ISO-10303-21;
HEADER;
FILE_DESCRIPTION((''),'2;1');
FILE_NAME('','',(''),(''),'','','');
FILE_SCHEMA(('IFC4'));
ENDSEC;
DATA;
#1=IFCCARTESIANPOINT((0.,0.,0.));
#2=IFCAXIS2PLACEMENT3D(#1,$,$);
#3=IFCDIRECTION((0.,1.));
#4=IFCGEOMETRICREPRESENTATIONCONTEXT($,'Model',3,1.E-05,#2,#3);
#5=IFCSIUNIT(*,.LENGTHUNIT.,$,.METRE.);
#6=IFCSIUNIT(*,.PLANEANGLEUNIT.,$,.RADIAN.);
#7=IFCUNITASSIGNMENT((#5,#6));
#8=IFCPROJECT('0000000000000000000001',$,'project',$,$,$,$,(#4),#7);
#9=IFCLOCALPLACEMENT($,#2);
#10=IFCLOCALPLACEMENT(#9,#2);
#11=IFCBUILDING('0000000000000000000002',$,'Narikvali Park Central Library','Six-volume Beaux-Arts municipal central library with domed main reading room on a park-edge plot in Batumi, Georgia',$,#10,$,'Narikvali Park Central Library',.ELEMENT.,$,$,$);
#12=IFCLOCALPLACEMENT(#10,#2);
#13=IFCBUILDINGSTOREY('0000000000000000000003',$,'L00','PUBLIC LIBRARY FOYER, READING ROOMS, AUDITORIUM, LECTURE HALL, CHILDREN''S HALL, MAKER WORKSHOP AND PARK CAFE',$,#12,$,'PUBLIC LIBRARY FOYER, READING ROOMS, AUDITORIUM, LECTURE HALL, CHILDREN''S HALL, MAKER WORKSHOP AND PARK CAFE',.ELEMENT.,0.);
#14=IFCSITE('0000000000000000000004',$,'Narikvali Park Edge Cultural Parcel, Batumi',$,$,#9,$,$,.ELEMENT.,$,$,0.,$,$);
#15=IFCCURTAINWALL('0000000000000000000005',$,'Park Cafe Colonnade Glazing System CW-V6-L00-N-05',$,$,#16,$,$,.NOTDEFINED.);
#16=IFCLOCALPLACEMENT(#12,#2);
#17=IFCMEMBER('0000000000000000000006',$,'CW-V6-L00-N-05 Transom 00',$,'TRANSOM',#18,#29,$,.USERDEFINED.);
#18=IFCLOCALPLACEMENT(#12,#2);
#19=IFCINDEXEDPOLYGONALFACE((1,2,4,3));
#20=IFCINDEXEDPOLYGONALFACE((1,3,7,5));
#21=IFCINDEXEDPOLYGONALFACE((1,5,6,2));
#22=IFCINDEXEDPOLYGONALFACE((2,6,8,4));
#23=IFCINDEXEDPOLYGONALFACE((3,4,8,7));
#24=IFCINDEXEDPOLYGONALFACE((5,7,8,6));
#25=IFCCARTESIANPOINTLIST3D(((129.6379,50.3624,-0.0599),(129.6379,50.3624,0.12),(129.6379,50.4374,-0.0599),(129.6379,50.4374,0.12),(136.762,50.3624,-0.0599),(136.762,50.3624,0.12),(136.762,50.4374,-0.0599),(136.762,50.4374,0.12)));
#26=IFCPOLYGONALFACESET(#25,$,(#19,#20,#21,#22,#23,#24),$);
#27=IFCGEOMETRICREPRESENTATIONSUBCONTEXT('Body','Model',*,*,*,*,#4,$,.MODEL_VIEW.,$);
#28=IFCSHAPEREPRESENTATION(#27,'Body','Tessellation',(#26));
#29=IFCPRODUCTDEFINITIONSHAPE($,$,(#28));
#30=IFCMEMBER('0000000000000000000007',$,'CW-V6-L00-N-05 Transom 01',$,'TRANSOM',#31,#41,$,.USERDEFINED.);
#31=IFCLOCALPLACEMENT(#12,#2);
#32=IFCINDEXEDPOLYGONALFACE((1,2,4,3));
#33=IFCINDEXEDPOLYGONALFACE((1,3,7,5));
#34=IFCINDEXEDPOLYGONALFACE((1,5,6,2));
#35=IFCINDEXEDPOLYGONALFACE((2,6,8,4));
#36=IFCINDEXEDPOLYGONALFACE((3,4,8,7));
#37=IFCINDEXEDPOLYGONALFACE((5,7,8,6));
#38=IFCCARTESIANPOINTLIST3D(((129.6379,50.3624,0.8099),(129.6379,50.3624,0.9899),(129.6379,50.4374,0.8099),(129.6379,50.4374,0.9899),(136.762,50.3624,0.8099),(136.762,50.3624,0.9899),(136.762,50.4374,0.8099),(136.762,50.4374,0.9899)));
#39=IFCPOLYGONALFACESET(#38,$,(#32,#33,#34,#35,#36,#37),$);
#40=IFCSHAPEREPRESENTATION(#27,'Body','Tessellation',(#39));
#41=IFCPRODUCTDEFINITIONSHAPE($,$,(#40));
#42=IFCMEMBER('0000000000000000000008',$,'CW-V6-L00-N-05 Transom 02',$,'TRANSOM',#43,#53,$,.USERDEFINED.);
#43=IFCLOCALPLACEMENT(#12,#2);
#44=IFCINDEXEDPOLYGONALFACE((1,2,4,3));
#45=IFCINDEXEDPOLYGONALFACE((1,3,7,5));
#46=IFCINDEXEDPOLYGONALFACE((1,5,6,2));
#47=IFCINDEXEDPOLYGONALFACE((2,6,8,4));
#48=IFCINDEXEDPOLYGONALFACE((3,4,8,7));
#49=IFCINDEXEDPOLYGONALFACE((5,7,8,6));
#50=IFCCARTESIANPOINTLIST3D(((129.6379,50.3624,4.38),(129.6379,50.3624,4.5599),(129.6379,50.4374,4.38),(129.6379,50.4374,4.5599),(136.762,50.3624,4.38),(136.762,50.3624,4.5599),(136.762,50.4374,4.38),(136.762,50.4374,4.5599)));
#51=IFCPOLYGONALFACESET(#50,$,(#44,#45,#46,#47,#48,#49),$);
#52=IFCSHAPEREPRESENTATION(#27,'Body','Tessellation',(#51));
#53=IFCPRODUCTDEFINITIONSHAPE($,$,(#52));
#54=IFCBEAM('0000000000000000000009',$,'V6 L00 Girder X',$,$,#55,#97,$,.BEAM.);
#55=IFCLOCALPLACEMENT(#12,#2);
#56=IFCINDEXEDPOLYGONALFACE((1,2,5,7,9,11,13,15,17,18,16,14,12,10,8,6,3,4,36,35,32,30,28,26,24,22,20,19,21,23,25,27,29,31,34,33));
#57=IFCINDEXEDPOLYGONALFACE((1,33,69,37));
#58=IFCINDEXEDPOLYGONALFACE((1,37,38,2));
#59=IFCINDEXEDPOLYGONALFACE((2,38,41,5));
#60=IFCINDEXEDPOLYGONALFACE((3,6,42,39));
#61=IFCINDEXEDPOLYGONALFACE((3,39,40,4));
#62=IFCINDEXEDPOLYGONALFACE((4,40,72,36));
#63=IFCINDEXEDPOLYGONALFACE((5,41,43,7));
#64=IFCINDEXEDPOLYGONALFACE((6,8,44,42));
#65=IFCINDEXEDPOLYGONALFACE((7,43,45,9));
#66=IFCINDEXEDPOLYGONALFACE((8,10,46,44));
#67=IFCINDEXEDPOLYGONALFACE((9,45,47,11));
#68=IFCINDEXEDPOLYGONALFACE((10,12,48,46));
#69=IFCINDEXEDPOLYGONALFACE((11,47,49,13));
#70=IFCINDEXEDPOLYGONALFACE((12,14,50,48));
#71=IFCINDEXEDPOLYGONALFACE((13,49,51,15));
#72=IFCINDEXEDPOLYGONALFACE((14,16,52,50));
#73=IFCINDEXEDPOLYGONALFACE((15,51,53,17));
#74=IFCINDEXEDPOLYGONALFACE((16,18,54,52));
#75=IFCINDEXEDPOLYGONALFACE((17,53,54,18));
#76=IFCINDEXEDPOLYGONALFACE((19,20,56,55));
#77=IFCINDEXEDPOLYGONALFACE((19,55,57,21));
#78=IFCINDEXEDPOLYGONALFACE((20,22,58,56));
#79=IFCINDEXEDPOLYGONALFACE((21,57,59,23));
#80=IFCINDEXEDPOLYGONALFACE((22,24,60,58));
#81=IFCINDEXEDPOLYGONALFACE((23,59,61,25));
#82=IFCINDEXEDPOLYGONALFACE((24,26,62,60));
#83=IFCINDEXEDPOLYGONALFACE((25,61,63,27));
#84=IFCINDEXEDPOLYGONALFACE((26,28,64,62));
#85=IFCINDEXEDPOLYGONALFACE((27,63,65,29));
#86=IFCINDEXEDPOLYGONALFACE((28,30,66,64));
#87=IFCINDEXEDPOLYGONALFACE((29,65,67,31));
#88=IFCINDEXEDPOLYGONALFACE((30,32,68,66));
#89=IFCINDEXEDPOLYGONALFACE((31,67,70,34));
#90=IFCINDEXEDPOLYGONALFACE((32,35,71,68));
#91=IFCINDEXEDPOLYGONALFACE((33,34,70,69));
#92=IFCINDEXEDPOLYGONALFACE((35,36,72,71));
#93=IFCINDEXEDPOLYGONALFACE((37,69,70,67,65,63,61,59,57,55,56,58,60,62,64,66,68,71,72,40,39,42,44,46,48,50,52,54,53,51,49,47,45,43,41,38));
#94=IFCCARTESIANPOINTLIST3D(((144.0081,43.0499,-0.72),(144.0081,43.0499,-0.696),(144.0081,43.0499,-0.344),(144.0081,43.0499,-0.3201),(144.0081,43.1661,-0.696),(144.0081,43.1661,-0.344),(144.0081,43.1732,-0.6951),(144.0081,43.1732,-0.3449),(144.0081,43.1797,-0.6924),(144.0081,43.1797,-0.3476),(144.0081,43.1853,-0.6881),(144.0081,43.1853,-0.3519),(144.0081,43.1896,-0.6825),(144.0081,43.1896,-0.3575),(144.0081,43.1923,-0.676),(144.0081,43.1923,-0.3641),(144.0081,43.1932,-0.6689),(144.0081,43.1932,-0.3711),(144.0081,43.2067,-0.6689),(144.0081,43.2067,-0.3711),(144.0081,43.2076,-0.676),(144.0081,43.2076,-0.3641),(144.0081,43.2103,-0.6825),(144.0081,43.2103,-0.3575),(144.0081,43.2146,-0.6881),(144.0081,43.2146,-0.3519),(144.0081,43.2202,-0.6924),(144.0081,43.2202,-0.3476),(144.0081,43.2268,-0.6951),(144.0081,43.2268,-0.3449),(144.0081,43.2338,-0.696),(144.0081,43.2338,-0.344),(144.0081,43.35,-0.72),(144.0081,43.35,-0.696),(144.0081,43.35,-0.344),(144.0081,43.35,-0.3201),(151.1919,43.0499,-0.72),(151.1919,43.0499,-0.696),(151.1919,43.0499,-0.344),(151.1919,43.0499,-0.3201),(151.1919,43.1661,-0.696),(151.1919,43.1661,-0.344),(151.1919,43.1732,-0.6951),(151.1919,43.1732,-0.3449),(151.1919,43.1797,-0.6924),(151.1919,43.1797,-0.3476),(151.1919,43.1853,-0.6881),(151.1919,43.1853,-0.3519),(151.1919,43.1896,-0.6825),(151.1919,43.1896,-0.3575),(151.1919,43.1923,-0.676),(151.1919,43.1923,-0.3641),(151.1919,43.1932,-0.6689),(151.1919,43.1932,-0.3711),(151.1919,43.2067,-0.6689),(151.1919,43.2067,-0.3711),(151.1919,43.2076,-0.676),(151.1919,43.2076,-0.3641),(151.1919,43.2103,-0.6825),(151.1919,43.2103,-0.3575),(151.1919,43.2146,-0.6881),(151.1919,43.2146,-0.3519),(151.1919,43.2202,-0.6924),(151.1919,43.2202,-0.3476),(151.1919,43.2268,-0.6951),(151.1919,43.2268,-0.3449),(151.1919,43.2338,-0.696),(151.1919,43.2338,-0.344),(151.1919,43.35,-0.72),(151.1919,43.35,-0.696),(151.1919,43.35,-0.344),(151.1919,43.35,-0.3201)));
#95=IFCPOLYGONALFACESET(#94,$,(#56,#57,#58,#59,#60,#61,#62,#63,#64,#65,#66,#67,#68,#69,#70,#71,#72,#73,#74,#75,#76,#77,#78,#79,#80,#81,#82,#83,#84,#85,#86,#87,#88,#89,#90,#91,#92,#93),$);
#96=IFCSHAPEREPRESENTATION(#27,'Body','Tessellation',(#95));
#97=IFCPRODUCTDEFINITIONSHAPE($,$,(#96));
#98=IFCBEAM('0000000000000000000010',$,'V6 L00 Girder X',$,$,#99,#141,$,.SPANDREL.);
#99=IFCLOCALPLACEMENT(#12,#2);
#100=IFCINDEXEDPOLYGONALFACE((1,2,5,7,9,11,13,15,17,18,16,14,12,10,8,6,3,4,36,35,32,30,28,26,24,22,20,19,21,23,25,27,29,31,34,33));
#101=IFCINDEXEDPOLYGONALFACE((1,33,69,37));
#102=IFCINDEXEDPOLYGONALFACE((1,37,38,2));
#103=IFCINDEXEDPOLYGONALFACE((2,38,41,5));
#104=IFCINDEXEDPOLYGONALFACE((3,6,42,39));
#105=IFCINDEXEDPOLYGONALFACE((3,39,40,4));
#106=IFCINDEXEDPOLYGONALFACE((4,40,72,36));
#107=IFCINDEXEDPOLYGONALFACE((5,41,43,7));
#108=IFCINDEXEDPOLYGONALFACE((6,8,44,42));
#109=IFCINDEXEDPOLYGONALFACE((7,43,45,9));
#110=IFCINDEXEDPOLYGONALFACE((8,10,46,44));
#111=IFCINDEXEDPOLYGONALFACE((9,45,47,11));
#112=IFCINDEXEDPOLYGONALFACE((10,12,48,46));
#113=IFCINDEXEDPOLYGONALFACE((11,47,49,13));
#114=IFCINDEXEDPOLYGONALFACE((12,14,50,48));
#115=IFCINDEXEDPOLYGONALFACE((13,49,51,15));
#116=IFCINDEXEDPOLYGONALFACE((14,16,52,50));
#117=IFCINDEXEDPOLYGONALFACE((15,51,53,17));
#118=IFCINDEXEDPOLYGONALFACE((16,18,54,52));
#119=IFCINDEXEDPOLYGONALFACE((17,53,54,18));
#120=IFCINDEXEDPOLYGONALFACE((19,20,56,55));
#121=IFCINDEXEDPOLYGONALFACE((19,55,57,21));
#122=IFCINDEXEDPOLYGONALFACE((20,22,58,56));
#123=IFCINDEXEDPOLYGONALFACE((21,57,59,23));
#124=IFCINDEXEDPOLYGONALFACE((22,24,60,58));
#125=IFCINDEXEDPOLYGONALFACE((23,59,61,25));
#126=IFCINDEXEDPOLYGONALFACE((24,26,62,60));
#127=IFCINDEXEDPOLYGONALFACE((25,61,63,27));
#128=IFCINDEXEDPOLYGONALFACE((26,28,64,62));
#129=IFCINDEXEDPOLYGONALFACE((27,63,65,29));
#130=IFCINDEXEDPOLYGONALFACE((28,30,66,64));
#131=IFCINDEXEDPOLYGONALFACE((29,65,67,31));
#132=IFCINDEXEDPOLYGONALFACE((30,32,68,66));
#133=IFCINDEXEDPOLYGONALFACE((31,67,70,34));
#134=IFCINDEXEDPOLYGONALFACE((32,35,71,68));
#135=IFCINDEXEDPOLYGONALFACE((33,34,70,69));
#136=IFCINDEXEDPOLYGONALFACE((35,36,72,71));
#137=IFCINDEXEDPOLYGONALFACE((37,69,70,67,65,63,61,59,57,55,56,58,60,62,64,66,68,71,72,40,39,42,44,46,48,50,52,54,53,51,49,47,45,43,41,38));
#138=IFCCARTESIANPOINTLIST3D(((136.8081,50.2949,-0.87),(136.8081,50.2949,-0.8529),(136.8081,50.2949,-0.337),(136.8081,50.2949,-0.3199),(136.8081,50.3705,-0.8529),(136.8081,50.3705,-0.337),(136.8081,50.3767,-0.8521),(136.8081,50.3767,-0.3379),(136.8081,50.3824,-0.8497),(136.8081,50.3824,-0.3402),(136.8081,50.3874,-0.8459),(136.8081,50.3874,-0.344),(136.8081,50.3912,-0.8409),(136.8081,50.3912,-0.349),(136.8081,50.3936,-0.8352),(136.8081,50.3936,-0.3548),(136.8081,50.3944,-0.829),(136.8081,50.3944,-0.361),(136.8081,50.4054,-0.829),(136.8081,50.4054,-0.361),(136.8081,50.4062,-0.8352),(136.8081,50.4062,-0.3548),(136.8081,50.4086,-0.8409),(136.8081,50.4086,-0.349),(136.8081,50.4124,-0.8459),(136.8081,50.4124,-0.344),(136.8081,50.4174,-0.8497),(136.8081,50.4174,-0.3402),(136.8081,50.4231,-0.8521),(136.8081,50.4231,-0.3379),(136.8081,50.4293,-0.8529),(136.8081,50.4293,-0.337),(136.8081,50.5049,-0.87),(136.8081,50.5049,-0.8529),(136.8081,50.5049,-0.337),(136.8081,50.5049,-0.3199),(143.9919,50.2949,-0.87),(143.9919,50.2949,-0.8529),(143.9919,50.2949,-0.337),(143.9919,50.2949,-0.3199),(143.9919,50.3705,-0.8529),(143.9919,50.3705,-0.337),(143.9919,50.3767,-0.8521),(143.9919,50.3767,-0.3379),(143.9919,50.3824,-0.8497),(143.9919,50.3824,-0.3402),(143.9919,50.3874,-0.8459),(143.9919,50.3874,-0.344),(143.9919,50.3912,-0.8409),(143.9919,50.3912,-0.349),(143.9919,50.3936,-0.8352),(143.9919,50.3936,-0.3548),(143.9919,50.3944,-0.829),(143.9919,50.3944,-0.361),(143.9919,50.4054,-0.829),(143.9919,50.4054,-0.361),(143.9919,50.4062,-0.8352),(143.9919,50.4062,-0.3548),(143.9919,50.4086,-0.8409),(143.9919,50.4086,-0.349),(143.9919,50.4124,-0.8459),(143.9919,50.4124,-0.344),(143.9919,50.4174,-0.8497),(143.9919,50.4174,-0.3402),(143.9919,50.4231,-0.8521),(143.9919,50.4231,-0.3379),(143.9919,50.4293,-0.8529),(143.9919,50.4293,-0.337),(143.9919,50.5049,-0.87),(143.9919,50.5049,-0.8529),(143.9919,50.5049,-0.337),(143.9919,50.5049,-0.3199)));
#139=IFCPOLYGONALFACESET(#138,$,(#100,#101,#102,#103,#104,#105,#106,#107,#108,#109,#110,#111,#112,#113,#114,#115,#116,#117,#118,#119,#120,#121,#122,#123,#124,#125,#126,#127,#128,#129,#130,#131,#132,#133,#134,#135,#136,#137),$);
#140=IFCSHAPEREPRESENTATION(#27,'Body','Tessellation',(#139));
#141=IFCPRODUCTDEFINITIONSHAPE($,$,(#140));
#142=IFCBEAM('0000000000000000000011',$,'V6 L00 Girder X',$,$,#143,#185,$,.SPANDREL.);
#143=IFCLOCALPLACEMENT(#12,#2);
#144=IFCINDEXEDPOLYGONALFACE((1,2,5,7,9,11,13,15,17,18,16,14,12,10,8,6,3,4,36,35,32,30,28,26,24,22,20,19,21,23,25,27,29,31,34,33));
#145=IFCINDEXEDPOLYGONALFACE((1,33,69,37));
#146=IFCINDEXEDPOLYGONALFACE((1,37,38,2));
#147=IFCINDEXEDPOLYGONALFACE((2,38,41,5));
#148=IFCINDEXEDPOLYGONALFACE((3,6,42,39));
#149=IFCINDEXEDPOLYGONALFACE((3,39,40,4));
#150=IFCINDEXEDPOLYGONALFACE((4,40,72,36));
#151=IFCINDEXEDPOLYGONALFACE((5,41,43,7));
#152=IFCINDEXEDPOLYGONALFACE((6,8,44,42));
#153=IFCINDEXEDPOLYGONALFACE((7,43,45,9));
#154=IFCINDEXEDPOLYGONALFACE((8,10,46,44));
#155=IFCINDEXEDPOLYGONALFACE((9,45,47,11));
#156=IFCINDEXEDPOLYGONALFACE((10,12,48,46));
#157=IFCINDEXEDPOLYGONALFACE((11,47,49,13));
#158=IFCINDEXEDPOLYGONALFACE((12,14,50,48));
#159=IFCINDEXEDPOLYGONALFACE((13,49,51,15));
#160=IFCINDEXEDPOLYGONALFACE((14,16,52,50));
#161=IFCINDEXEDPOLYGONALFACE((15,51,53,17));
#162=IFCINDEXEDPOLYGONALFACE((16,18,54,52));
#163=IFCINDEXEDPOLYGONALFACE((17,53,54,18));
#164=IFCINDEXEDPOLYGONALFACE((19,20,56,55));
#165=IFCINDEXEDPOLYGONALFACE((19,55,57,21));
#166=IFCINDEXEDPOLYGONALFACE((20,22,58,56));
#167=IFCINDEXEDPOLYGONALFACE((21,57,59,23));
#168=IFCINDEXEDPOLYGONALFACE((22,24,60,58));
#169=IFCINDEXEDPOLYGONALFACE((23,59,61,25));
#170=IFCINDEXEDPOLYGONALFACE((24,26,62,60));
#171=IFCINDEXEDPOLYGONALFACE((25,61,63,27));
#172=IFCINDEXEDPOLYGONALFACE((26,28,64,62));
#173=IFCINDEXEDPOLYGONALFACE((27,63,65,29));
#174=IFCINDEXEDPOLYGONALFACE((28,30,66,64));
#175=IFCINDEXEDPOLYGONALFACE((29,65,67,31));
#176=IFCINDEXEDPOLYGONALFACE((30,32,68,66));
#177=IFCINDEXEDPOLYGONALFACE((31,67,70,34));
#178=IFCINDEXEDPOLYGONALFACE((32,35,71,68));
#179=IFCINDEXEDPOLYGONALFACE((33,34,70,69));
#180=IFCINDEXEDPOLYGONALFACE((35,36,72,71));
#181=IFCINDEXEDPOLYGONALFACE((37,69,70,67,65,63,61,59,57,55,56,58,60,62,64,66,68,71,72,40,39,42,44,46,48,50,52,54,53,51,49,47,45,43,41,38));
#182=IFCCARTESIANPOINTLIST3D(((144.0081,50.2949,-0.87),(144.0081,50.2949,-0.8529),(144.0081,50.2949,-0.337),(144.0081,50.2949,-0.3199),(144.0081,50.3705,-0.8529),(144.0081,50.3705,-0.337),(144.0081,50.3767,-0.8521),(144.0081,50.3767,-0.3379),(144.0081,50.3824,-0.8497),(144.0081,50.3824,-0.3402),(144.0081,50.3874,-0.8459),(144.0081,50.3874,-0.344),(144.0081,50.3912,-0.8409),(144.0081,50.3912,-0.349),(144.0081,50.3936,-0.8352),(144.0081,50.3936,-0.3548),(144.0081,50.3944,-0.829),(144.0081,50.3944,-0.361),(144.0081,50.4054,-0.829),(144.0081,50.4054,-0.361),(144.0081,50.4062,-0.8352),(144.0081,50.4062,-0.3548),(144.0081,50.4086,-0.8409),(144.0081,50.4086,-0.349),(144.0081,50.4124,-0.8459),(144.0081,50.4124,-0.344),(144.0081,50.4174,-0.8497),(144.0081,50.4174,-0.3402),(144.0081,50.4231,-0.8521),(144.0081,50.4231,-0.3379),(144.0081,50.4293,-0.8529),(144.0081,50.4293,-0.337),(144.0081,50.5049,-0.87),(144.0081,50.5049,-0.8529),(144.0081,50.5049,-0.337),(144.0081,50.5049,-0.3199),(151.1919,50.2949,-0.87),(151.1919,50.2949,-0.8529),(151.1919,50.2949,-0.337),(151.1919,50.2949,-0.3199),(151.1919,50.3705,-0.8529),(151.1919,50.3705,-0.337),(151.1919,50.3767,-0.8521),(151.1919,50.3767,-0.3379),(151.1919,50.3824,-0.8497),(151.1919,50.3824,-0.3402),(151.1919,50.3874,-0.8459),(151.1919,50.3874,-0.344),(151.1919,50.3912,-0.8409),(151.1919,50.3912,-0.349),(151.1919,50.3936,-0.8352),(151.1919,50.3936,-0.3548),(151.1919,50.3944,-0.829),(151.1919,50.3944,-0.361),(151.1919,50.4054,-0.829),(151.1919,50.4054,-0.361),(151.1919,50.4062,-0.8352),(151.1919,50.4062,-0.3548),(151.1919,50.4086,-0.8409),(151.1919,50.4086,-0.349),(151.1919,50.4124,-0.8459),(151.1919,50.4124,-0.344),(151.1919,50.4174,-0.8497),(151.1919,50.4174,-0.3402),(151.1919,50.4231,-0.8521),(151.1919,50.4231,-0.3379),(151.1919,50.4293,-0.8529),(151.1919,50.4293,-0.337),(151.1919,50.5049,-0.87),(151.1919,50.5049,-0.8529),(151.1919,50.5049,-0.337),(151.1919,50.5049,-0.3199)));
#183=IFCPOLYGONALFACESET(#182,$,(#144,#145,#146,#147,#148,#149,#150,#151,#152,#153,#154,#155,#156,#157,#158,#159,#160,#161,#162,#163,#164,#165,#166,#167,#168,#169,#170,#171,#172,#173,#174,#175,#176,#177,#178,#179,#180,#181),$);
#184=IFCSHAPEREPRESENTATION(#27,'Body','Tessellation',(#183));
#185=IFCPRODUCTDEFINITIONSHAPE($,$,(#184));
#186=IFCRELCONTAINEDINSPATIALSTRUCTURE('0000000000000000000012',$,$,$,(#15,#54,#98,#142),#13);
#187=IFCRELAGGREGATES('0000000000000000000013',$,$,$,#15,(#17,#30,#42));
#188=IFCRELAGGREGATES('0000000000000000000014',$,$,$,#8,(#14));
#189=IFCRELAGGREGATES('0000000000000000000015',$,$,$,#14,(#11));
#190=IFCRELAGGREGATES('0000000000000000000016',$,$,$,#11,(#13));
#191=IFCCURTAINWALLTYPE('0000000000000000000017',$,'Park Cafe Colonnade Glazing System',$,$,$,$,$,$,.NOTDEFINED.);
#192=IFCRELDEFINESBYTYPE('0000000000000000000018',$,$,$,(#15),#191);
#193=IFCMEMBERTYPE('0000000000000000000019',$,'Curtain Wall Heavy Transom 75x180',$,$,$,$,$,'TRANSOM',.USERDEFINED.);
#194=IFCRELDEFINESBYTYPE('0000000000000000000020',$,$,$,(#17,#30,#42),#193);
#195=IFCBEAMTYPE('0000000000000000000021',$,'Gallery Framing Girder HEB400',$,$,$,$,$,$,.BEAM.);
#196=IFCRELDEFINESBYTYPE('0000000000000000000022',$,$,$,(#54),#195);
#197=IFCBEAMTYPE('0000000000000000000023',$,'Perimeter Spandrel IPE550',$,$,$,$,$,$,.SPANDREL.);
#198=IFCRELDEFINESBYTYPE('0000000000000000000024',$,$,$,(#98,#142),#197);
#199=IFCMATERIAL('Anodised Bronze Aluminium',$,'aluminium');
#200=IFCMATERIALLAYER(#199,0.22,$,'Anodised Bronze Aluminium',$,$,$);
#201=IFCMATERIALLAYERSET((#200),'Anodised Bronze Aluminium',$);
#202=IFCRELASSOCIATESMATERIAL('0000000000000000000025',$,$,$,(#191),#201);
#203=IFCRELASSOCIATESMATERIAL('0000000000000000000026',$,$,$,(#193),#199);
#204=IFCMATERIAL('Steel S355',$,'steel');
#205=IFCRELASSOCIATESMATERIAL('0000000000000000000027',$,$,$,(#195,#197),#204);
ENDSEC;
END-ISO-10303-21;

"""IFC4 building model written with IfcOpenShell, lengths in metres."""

from ifc_helpers import new_model, si_unit, direction, frame, origin, origin_2d, place, context, subcontext, project, spatial, rectangle, i_section, extrude, material, layer, layer_set, material_profile, profile_set, type_object, element, aggregate, save


model = new_model("IFC4")

# Units and contexts
model_context = context("Model", 3, precision=1e-05, world=origin(), true_north=direction((0.0, 1.0)))
body_context = subcontext(model_context, "Body", "Model", "MODEL_VIEW")
ifc_project = project(units=[si_unit("LENGTHUNIT", "METRE"), si_unit("PLANEANGLEUNIT", "RADIAN")], contexts=[model_context])

# Site, building, storey
site_placement = place(None, origin())
site = spatial("IfcSite", under=ifc_project, at=site_placement, Name="Narikvali Park Edge Cultural Parcel, Batumi", CompositionType="ELEMENT", RefElevation=0.0)
building_placement = place(site_placement, origin())
building = spatial("IfcBuilding", under=site, at=building_placement, Name="Narikvali Park Central Library", Description="Six-volume Beaux-Arts municipal central library with domed main reading room on a park-edge plot in Batumi, Georgia", LongName="Narikvali Park Central Library", CompositionType="ELEMENT")
storey_placement = place(building_placement, origin())
storey = spatial("IfcBuildingStorey", under=building, at=storey_placement, Name="L00", Description="PUBLIC LIBRARY FOYER, READING ROOMS, AUDITORIUM, LECTURE HALL, CHILDREN'S HALL, MAKER WORKSHOP AND PARK CAFE", LongName="PUBLIC LIBRARY FOYER, READING ROOMS, AUDITORIUM, LECTURE HALL, CHILDREN'S HALL, MAKER WORKSHOP AND PARK CAFE", CompositionType="ELEMENT", Elevation=0.0)

# Shared definitions
ifc_material_1 = material(Name="Steel S355", Category="steel")

# Curtain wall, members
ifc_material_2 = material(Name="Anodised Bronze Aluminium", Category="aluminium")
ifc_layer_1 = layer(ifc_material_2, 0.22, Name="Anodised Bronze Aluminium")
ifc_layer_set_1 = layer_set([ifc_layer_1], Name="Anodised Bronze Aluminium")
curtain_wall_type = type_object("IfcCurtainWallType", Name="Park Cafe Colonnade Glazing System", PredefinedType="NOTDEFINED", material=ifc_layer_set_1)
curtain_wall_placement = place(storey_placement, origin())
curtain_wall = element("IfcCurtainWall", 1, at=curtain_wall_placement, inside=storey, type_object=curtain_wall_type, Name="Park Cafe Colonnade Glazing System CW-V6-L00-N-05", PredefinedType="NOTDEFINED")
ifc_material_profile_1 = material_profile(ifc_material_2, rectangle(XDim=0.075, YDim=0.1799, at=origin_2d()), Name="CW TRANSOM 75x180")
ifc_profile_set_1 = profile_set([ifc_material_profile_1], Name="Anodised Bronze Aluminium")
member_type_1 = type_object("IfcMemberType", Name="Curtain Wall Heavy Transom 75x180", ElementType="TRANSOM", PredefinedType="USERDEFINED", material=ifc_profile_set_1)
member_1_placement = place(storey_placement, frame((136.762, 50.3999, 0.03), z_axis=(-1.0, 0.0, 0.0), x_axis=(0.0, -1.0, 0.0)))
member_1 = element("IfcMember", 2, at=member_1_placement, type_object=member_type_1, Name="CW-V6-L00-N-05 Transom 00", ObjectType="TRANSOM", PredefinedType="USERDEFINED", context=body_context, shape_type="SweptSolid", body=[
    extrude(rectangle(XDim=0.075, YDim=0.1799, at=origin_2d()), origin(), (0.0, 0.0, 1.0), 7.124),
])
member_2_placement = place(storey_placement, frame((136.762, 50.3999, 0.8999), z_axis=(-1.0, 0.0, 0.0), x_axis=(0.0, -1.0, 0.0)))
member_2 = element("IfcMember", 3, at=member_2_placement, type_object=member_type_1, Name="CW-V6-L00-N-05 Transom 01", ObjectType="TRANSOM", PredefinedType="USERDEFINED", context=body_context, shape_type="SweptSolid", body=[
    extrude(rectangle(XDim=0.075, YDim=0.1799, at=origin_2d()), origin(), (0.0, 0.0, 1.0), 7.124),
])
member_3_placement = place(storey_placement, frame((136.762, 50.3999, 4.47), z_axis=(-1.0, 0.0, 0.0), x_axis=(0.0, -1.0, 0.0)))
member_3 = element("IfcMember", 4, at=member_3_placement, type_object=member_type_1, Name="CW-V6-L00-N-05 Transom 02", ObjectType="TRANSOM", PredefinedType="USERDEFINED", context=body_context, shape_type="SweptSolid", body=[
    extrude(rectangle(XDim=0.075, YDim=0.1799, at=origin_2d()), origin(), (0.0, 0.0, 1.0), 7.124),
])

# Beams
ifc_material_profile_2 = material_profile(ifc_material_1, i_section(OverallWidth=0.3, OverallDepth=0.3999, WebThickness=0.0134, FlangeThickness=0.0239, FilletRadius=0.0271, at=origin_2d()), Name="HEB 400")
ifc_profile_set_2 = profile_set([ifc_material_profile_2], Name="Steel S355")
beam_type_1 = type_object("IfcBeamType", Name="Gallery Framing Girder HEB400", PredefinedType="BEAM", material=ifc_profile_set_2)
beam_placement = place(storey_placement, frame((144.0081, 43.2, -0.52), z_axis=(1.0, 0.0, 0.0), x_axis=(0.0, 1.0, 0.0)))
element("IfcBeam", 5, at=beam_placement, inside=storey, type_object=beam_type_1, Name="V6 L00 Girder X", PredefinedType="BEAM", context=body_context, shape_type="SweptSolid", body=[
    extrude(i_section(OverallWidth=0.3, OverallDepth=0.3999, WebThickness=0.0134, FlangeThickness=0.0239, FilletRadius=0.0271, at=origin_2d()), origin(), (0.0, 0.0, 1.0), 7.1838),
])
ifc_material_profile_3 = material_profile(ifc_material_1, i_section(OverallWidth=0.21, OverallDepth=0.55, WebThickness=0.011, FlangeThickness=0.0171, FilletRadius=0.0239, at=origin_2d()), Name="IPE 550")
ifc_profile_set_3 = profile_set([ifc_material_profile_3], Name="Steel S355")
beam_type_2 = type_object("IfcBeamType", Name="Perimeter Spandrel IPE550", PredefinedType="SPANDREL", material=ifc_profile_set_3)
for number, where, z_axis, x_axis, name in (
    (6, (136.8081, 50.3999, -0.595), (1.0, 0.0, 0.0), (0.0, 1.0, 0.0), "V6 L00 Girder X"),
    (7, (144.0081, 50.3999, -0.595), (1.0, 0.0, 0.0), (0.0, 1.0, 0.0), "V6 L00 Girder X"),
):
    element("IfcBeam", number, at=place(storey_placement, frame(where, z_axis=z_axis, x_axis=x_axis)), inside=storey, type_object=beam_type_2, Name=name, PredefinedType="SPANDREL", context=body_context, shape_type="SweptSolid", body=[
        extrude(i_section(OverallWidth=0.21, OverallDepth=0.55, WebThickness=0.011, FlangeThickness=0.0171, FilletRadius=0.0239, at=origin_2d()), origin(), (0.0, 0.0, 1.0), 7.1838),
    ])

aggregate(curtain_wall, [member_1, member_2, member_3])

save(model, "model.ifc")
